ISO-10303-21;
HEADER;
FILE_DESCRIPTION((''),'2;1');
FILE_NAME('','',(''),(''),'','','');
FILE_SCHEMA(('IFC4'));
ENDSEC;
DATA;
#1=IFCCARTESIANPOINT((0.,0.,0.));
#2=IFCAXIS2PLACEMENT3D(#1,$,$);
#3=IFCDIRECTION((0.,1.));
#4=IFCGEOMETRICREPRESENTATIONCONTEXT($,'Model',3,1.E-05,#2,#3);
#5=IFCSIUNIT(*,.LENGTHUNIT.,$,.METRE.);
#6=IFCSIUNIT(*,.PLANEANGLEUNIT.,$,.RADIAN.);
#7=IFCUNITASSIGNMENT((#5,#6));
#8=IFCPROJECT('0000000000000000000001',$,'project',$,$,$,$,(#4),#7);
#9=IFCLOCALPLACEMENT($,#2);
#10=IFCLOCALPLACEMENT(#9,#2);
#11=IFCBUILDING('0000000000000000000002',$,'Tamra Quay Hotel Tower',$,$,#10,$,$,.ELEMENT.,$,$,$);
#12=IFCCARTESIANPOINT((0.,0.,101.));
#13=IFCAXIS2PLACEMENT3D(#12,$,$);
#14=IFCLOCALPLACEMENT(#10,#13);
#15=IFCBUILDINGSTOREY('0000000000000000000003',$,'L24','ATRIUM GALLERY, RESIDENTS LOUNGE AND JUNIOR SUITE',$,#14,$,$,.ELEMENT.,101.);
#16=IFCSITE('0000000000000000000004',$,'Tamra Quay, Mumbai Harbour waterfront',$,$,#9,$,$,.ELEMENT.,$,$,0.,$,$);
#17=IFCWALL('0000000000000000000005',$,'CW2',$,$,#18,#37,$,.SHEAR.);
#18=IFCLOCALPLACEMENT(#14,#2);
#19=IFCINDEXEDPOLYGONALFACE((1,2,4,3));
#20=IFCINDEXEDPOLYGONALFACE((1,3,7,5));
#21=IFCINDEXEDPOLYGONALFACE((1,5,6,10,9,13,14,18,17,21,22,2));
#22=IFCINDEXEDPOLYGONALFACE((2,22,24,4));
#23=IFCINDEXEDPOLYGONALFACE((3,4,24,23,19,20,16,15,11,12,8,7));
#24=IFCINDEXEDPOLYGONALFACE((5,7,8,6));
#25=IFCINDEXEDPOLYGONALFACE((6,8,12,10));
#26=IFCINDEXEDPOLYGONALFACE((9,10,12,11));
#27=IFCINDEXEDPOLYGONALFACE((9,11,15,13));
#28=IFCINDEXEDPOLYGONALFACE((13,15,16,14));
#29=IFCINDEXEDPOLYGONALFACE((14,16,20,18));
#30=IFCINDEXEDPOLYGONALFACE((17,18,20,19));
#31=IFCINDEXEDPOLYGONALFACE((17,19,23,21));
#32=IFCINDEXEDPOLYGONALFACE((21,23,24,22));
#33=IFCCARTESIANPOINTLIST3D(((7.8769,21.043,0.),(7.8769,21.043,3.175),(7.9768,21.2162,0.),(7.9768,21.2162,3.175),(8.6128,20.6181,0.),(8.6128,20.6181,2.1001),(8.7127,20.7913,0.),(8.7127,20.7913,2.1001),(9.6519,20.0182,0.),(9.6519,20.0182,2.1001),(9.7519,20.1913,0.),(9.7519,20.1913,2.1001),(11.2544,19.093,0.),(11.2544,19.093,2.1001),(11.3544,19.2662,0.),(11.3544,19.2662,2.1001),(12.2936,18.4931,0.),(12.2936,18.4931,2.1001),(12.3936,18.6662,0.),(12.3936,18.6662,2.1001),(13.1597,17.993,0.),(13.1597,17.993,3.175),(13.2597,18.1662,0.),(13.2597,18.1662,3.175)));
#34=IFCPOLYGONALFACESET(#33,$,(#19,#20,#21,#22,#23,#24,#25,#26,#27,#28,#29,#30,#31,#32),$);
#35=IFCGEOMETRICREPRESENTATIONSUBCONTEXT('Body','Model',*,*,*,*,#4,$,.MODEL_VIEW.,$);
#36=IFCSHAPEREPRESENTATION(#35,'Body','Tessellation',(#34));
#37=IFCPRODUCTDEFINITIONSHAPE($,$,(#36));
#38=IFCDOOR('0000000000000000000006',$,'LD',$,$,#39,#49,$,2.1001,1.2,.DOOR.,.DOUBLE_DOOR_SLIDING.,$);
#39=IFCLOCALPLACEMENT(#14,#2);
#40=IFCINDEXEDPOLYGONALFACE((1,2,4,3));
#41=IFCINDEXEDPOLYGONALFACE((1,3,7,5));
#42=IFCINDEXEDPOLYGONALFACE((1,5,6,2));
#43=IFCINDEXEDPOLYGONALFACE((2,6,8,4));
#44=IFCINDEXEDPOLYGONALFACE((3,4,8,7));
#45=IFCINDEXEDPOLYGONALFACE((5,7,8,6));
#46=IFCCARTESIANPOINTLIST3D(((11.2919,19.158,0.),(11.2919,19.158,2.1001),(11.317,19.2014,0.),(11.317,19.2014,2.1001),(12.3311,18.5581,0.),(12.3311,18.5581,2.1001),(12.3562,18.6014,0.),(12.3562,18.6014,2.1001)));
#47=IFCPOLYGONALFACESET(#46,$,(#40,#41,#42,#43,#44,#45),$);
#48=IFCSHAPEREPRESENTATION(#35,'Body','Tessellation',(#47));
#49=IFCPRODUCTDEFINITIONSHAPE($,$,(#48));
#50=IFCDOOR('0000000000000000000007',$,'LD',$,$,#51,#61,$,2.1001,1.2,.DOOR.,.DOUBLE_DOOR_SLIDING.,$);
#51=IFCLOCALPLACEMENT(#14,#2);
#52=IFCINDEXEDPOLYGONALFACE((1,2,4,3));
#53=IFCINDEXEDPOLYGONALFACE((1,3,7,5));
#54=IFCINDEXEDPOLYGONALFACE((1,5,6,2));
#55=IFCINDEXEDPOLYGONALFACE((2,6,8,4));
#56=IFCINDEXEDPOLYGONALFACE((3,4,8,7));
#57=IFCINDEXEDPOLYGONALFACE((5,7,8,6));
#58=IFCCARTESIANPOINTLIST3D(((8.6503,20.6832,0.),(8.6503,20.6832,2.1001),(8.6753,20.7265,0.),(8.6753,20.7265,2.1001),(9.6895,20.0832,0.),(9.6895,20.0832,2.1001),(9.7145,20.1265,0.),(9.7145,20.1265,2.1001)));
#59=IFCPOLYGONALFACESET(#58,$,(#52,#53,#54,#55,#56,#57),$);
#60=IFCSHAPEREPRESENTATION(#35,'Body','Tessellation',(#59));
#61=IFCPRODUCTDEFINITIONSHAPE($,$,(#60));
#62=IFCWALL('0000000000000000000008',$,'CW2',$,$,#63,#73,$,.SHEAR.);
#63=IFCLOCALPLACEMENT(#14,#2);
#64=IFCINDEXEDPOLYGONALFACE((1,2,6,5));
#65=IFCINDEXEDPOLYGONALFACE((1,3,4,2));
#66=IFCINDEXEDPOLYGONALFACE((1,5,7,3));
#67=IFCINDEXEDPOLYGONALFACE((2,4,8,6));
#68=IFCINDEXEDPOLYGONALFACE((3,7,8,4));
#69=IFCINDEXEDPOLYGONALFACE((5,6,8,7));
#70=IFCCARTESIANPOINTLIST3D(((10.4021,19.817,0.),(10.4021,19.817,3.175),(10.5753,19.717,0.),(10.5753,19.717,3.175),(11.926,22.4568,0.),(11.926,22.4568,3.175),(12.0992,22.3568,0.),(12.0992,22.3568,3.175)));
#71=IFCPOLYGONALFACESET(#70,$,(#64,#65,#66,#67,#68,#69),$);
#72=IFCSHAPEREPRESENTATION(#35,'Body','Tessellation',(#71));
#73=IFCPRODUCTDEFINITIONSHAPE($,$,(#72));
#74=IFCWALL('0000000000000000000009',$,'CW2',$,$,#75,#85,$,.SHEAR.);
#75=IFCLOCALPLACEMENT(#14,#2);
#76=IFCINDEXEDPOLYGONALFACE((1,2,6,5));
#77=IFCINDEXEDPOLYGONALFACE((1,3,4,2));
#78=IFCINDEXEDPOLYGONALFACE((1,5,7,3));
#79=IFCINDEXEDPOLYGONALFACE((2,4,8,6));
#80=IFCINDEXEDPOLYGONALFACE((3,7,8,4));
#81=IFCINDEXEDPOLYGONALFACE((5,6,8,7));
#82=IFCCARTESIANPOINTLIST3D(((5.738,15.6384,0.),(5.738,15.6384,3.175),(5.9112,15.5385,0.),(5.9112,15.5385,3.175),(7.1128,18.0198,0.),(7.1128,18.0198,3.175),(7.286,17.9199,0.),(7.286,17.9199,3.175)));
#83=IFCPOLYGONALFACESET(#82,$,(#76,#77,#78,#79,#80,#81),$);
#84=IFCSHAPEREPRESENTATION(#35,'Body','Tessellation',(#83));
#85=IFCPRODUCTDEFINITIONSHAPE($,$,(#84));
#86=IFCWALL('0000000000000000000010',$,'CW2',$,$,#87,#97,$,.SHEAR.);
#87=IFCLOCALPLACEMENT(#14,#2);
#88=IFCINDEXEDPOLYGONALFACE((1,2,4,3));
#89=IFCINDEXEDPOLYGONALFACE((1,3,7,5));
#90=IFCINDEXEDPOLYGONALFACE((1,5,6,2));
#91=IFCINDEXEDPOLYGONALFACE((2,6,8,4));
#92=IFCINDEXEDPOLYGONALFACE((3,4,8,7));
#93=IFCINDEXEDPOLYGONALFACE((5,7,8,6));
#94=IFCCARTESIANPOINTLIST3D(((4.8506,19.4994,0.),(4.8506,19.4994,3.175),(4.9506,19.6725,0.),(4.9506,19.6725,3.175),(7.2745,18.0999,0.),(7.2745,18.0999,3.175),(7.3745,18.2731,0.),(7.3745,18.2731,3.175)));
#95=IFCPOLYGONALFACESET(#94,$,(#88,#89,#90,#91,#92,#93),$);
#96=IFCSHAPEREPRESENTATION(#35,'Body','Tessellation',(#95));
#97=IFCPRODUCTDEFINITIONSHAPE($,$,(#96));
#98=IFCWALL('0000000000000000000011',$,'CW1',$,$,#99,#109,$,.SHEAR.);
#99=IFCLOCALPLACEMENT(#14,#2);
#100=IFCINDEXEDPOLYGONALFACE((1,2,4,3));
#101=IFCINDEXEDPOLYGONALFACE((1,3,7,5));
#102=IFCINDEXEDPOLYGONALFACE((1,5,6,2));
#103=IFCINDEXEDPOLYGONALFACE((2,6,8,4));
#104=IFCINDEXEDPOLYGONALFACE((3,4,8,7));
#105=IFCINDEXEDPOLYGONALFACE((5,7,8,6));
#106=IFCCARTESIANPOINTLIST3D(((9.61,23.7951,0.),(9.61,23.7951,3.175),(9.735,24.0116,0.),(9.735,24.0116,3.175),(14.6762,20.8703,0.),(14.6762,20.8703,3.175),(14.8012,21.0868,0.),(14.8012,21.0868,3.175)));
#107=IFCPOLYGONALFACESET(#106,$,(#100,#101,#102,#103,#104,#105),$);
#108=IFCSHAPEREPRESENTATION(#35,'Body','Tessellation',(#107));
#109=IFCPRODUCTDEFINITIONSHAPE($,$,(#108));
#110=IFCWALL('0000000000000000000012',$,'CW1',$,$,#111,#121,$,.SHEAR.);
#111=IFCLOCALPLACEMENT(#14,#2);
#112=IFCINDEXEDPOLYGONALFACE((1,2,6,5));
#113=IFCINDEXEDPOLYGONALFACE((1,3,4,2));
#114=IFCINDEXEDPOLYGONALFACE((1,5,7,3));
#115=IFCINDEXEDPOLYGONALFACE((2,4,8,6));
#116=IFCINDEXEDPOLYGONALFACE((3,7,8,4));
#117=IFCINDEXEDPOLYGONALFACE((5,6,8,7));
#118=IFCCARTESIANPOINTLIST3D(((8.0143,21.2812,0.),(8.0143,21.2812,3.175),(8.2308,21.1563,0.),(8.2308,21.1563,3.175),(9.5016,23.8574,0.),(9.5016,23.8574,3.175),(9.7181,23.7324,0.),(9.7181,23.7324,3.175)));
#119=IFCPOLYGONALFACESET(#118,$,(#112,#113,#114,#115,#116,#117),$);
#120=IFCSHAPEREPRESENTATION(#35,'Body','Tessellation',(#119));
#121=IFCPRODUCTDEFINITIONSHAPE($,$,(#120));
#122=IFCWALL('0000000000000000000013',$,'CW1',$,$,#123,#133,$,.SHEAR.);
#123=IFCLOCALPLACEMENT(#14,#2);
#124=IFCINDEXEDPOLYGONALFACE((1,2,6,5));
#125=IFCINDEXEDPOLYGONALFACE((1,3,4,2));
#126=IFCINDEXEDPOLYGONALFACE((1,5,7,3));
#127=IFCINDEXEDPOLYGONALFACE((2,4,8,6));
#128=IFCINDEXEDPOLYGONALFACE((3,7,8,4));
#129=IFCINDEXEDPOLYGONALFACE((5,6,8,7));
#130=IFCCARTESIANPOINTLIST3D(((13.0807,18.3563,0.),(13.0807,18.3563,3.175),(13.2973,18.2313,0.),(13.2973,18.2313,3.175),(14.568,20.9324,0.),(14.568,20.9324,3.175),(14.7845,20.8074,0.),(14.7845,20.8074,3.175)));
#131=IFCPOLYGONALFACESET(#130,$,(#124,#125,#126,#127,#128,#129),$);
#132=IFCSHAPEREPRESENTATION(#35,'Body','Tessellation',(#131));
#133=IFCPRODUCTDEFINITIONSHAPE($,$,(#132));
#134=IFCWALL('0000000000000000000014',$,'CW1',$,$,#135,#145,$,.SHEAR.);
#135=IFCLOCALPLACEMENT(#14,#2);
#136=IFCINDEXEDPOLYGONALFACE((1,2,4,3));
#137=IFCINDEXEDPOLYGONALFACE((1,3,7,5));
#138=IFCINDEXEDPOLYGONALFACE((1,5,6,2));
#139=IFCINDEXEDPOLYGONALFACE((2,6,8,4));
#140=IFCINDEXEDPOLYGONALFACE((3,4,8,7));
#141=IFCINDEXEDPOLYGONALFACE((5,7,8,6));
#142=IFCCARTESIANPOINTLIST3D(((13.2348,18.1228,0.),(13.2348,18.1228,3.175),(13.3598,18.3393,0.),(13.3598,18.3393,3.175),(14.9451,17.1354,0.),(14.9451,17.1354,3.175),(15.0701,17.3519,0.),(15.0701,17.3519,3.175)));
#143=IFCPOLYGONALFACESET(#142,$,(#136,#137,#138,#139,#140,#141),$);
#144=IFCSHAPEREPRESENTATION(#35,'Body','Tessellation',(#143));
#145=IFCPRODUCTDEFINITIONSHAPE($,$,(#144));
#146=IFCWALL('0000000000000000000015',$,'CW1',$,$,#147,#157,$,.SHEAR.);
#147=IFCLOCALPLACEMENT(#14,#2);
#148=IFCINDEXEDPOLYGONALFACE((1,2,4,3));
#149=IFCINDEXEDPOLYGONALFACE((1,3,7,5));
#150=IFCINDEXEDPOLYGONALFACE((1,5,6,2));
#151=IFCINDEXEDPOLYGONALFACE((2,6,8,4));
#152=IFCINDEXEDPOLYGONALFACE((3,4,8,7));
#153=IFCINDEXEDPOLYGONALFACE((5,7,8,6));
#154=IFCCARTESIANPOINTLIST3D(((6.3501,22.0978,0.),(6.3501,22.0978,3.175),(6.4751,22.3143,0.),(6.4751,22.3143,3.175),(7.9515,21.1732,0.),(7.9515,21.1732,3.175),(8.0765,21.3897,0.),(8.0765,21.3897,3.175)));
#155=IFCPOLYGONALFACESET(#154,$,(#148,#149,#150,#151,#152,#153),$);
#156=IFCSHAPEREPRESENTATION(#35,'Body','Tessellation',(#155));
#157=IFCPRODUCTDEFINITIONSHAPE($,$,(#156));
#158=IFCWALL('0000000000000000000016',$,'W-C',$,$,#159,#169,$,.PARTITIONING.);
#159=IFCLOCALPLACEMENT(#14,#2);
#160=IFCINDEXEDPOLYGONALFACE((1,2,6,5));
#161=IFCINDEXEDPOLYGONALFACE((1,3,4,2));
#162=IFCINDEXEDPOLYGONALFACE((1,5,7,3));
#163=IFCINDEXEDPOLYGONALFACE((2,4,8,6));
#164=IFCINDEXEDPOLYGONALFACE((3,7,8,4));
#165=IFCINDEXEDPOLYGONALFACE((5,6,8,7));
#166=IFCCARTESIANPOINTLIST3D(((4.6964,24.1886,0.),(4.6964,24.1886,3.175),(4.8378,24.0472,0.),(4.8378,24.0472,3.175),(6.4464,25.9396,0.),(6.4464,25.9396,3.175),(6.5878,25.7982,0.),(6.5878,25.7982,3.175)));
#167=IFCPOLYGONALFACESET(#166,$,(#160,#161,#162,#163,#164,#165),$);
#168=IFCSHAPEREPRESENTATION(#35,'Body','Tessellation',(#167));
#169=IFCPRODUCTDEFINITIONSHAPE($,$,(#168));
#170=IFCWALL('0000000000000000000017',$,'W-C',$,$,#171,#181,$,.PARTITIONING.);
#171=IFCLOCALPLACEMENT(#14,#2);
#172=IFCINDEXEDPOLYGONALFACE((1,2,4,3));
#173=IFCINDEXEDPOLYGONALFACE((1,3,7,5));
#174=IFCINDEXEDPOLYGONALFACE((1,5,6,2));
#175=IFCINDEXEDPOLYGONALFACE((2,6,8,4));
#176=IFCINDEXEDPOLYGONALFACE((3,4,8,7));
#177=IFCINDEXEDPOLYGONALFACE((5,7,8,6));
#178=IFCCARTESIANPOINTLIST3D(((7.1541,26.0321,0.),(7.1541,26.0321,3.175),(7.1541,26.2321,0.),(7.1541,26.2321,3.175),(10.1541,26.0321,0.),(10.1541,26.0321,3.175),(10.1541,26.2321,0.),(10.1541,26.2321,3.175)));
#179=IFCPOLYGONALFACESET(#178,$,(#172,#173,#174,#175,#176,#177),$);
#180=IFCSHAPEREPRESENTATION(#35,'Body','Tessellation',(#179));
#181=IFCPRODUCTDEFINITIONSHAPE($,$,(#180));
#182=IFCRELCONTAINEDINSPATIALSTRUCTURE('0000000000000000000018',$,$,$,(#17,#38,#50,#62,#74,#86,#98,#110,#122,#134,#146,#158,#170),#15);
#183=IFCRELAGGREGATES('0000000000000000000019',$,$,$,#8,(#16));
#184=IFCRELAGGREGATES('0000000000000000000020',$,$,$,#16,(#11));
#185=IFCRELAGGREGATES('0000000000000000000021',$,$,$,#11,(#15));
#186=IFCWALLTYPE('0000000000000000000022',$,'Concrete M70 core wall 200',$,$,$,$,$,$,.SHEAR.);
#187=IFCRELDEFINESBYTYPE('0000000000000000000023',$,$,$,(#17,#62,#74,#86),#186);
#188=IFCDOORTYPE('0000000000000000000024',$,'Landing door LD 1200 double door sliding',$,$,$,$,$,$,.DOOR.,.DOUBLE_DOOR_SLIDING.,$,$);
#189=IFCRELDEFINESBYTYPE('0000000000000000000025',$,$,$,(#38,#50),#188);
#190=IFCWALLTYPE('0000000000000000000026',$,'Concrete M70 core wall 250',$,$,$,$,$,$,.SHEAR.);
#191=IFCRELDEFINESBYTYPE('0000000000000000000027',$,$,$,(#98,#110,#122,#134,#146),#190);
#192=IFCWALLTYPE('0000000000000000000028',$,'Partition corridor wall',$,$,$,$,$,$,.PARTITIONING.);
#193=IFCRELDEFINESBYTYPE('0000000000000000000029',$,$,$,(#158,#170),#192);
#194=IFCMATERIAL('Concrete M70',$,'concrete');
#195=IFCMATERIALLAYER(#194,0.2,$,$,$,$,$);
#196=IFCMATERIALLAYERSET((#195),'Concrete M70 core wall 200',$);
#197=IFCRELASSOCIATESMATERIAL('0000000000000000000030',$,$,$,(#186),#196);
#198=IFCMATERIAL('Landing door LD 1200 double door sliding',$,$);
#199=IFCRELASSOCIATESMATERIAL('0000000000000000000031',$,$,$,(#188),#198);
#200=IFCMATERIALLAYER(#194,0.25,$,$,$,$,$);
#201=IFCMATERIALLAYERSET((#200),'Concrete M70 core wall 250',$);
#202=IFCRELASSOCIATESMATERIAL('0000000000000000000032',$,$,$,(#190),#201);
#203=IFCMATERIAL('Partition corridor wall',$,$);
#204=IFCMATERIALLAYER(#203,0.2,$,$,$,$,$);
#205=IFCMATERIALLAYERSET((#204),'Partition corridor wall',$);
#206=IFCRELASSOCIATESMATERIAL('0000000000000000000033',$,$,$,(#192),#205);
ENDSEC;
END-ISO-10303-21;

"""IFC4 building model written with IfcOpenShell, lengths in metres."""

from ifc_helpers import new_model, si_unit, direction, frame, frame_2d, origin, place, context, subcontext, project, spatial, rectangle, extrude, material, layer, layer_set, type_object, element, fill, save


model = new_model("IFC4")

# Units and contexts
model_context = context("Model", 3, precision=1e-05, world=origin(), true_north=direction((0.0, 1.0)))
body_context = subcontext(model_context, "Body", "Model", "MODEL_VIEW")
ifc_project = project(units=[si_unit("LENGTHUNIT", "METRE"), si_unit("PLANEANGLEUNIT", "RADIAN")], contexts=[model_context])

# Site, building, storey
site_placement = place(None, origin())
site = spatial("IfcSite", under=ifc_project, at=site_placement, Name="Tamra Quay, Mumbai Harbour waterfront", CompositionType="ELEMENT", RefElevation=0.0)
building_placement = place(site_placement, origin())
building = spatial("IfcBuilding", under=site, at=building_placement, Name="Tamra Quay Hotel Tower", CompositionType="ELEMENT")
storey_placement = place(building_placement, frame((0.0, 0.0, 101.0)))
storey = spatial("IfcBuildingStorey", under=building, at=storey_placement, Name="L24", Description="ATRIUM GALLERY, RESIDENTS LOUNGE AND JUNIOR SUITE", CompositionType="ELEMENT", Elevation=101.0)

# Shared definitions
ifc_material_1 = material(Name="Concrete M70", Category="concrete")

# Wall, openings, doors
ifc_layer_1 = layer(ifc_material_1, 0.2)
ifc_layer_set_1 = layer_set([ifc_layer_1], Name="Concrete M70 core wall 200")
wall_type_1 = type_object("IfcWallType", Name="Concrete M70 core wall 200", PredefinedType="SHEAR", material=ifc_layer_set_1)
wall_1_placement = place(storey_placement, frame((13.2097, 18.0796, 0.0), z_axis=(0.0, 0.0, 1.0), x_axis=(-0.86603, 0.499992, 0.0)))
wall_1 = element("IfcWall", 1, at=wall_1_placement, inside=storey, type_object=wall_type_1, Name="CW2", PredefinedType="SHEAR", context=body_context, shape_type="SweptSolid", body=[
    extrude(rectangle(XDim=6.1001, YDim=0.2, at=frame_2d((3.05, 0.0))), origin(), (0.0, 0.0, 1.0), 3.175),
])
opening_1_placement = place(wall_1_placement, frame((1.0, 0.0, 0.0)))
opening_1 = element("IfcOpeningElement", 2, at=opening_1_placement, cuts=wall_1, PredefinedType="OPENING", context=body_context, shape_type="SweptSolid", body=[
    extrude(rectangle(XDim=1.2, YDim=2.1001, at=frame_2d((0.6001, 1.05))), frame((0.0, 0.1099, 0.0), z_axis=(0.0, -1.0, 0.0), x_axis=(1.0, 0.0, 0.0)), (0.0, 0.0, 1.0), 0.22),
])
opening_2_placement = place(wall_1_placement, frame((4.0503, 0.0, 0.0)))
opening_2 = element("IfcOpeningElement", 3, at=opening_2_placement, cuts=wall_1, PredefinedType="OPENING", context=body_context, shape_type="SweptSolid", body=[
    extrude(rectangle(XDim=1.2, YDim=2.1001, at=frame_2d((0.6001, 1.05))), frame((0.0, 0.1099, 0.0), z_axis=(0.0, -1.0, 0.0), x_axis=(1.0, 0.0, 0.0)), (0.0, 0.0, 1.0), 0.22),
])
ifc_material_2 = material(Name="Landing door LD 1200 double door sliding")
door_type_1 = type_object("IfcDoorType", Name="Landing door LD 1200 double door sliding", OperationType="DOUBLE_DOOR_SLIDING", PredefinedType="DOOR", material=ifc_material_2)
door_1_placement = place(opening_1_placement, origin())
door_1 = element("IfcDoor", 4, at=door_1_placement, inside=storey, type_object=door_type_1, Name="LD", OperationType="DOUBLE_DOOR_SLIDING", OverallHeight=2.1001, OverallWidth=1.2, PredefinedType="DOOR", context=body_context, shape_type="SweptSolid", body=[
    extrude(rectangle(XDim=1.2, YDim=2.1001, at=frame_2d((0.6001, 1.05))), frame((0.0, 0.0249, 0.0), z_axis=(0.0, -1.0, 0.0), x_axis=(1.0, 0.0, 0.0)), (0.0, 0.0, 1.0), 0.05),
])
fill(opening_1, door_1)
door_2_placement = place(opening_2_placement, origin())
door_2 = element("IfcDoor", 5, at=door_2_placement, inside=storey, type_object=door_type_1, Name="LD", OperationType="DOUBLE_DOOR_SLIDING", OverallHeight=2.1001, OverallWidth=1.2, PredefinedType="DOOR", context=body_context, shape_type="SweptSolid", body=[
    extrude(rectangle(XDim=1.2, YDim=2.1001, at=frame_2d((0.6001, 1.05))), frame((0.0, 0.0249, 0.0), z_axis=(0.0, -1.0, 0.0), x_axis=(1.0, 0.0, 0.0)), (0.0, 0.0, 1.0), 0.05),
])
fill(opening_2, door_2)

# Walls
wall_2_placement = place(storey_placement, frame((10.4888, 19.7671, 0.0), z_axis=(0.0, 0.0, 1.0), x_axis=(0.499947, 0.866056, 0.0)))
element("IfcWall", 6, at=wall_2_placement, inside=storey, type_object=wall_type_1, Name="CW2", PredefinedType="SHEAR", context=body_context, shape_type="SweptSolid", body=[
    extrude(rectangle(XDim=3.0481, YDim=0.2, at=frame_2d((1.5239, 0.0))), origin(), (0.0, 0.0, 1.0), 3.175),
])
wall_3_placement = place(storey_placement, frame((7.1995, 17.97, 0.0), z_axis=(0.0, 0.0, 1.0), x_axis=(-0.499968, -0.866044, 0.0)))
element("IfcWall", 7, at=wall_3_placement, inside=storey, type_object=wall_type_1, Name="CW2", PredefinedType="SHEAR", context=body_context, shape_type="SweptSolid", body=[
    extrude(rectangle(XDim=2.7498, YDim=0.2, at=frame_2d((1.375, 0.0))), origin(), (0.0, 0.0, 1.0), 3.175),
])
wall_4_placement = place(storey_placement, frame((4.9006, 19.5859, 0.0), z_axis=(0.0, 0.0, 1.0), x_axis=(0.866023, -0.500004, 0.0)))
element("IfcWall", 8, at=wall_4_placement, inside=storey, type_object=wall_type_1, Name="CW2", PredefinedType="SHEAR", context=body_context, shape_type="SweptSolid", body=[
    extrude(rectangle(XDim=2.7988, YDim=0.2, at=frame_2d((1.3994, 0.0))), origin(), (0.0, 0.0, 1.0), 3.175),
])
ifc_layer_2 = layer(ifc_material_1, 0.25)
ifc_layer_set_2 = layer_set([ifc_layer_2], Name="Concrete M70 core wall 250")
wall_type_2 = type_object("IfcWallType", Name="Concrete M70 core wall 250", PredefinedType="SHEAR", material=ifc_layer_set_2)
wall_5_placement = place(storey_placement, frame((9.6726, 23.9033, 0.0), z_axis=(0.0, 0.0, 1.0), x_axis=(0.866036, -0.499981, 0.0)))
element("IfcWall", 9, at=wall_5_placement, inside=storey, type_object=wall_type_2, Name="CW1", PredefinedType="SHEAR", context=body_context, shape_type="SweptSolid", body=[
    extrude(rectangle(XDim=5.8499, YDim=0.25, at=frame_2d((2.9248, 0.0))), origin(), (0.0, 0.0, 1.0), 3.175),
])
for number, where, z_axis, x_axis, name in (
    (10, (8.1226, 21.2188, 0.0), (0.0, 0.0, 1.0), (0.499988, 0.866033, 0.0), "CW1"),
    (11, (14.6763, 20.8699, 0.0), (0.0, 0.0, 1.0), (-0.499988, -0.866033, 0.0), "CW1"),
):
    element("IfcWall", number, at=place(storey_placement, frame(where, z_axis=z_axis, x_axis=x_axis)), inside=storey, type_object=wall_type_2, Name=name, PredefinedType="SHEAR", context=body_context, shape_type="SweptSolid", body=[
        extrude(rectangle(XDim=2.9746, YDim=0.25, at=frame_2d((1.4873, 0.0))), origin(), (0.0, 0.0, 1.0), 3.175),
    ])
wall_6_placement = place(storey_placement, frame((13.2974, 18.231, 0.0), z_axis=(0.0, 0.0, 1.0), x_axis=(0.866044, -0.499969, 0.0)))
element("IfcWall", 12, at=wall_6_placement, inside=storey, type_object=wall_type_2, Name="CW1", PredefinedType="SHEAR", context=body_context, shape_type="SweptSolid", body=[
    extrude(rectangle(XDim=1.9749, YDim=0.25, at=frame_2d((0.9873, 0.0))), origin(), (0.0, 0.0, 1.0), 3.175),
])
wall_7_placement = place(storey_placement, frame((6.4126, 22.2061, 0.0), z_axis=(0.0, 0.0, 1.0), x_axis=(0.866016, -0.500016, 0.0)))
element("IfcWall", 13, at=wall_7_placement, inside=storey, type_object=wall_type_2, Name="CW1", PredefinedType="SHEAR", context=body_context, shape_type="SweptSolid", body=[
    extrude(rectangle(XDim=1.8491, YDim=0.25, at=frame_2d((0.9246, 0.0))), origin(), (0.0, 0.0, 1.0), 3.175),
])
ifc_material_3 = material(Name="Partition corridor wall")
ifc_layer_3 = layer(ifc_material_3, 0.2)
ifc_layer_set_3 = layer_set([ifc_layer_3], Name="Partition corridor wall")
wall_type_3 = type_object("IfcWallType", Name="Partition corridor wall", PredefinedType="PARTITIONING", material=ifc_layer_set_3)
wall_8_placement = place(storey_placement, frame((4.7671, 24.1179, 0.0), z_axis=(0.0, 0.0, 1.0), x_axis=(0.70691, 0.707304, 0.0)))
element("IfcWall", 14, at=wall_8_placement, inside=storey, type_object=wall_type_3, Name="W-C", PredefinedType="PARTITIONING", context=body_context, shape_type="SweptSolid", body=[
    extrude(rectangle(XDim=2.4756, YDim=0.2, at=frame_2d((1.2378, 0.0))), origin(), (0.0, 0.0, 1.0), 3.175),
])
wall_9_placement = place(storey_placement, frame((7.1541, 26.1321, 0.0), z_axis=(0.0, 0.0, 1.0), x_axis=(1.0, 0.0, 0.0)))
element("IfcWall", 15, at=wall_9_placement, inside=storey, type_object=wall_type_3, Name="W-C", PredefinedType="PARTITIONING", context=body_context, shape_type="SweptSolid", body=[
    extrude(rectangle(XDim=3.0, YDim=0.2, at=frame_2d((1.5, 0.0))), origin(), (0.0, 0.0, 1.0), 3.175),
])

save(model, "model.ifc")
